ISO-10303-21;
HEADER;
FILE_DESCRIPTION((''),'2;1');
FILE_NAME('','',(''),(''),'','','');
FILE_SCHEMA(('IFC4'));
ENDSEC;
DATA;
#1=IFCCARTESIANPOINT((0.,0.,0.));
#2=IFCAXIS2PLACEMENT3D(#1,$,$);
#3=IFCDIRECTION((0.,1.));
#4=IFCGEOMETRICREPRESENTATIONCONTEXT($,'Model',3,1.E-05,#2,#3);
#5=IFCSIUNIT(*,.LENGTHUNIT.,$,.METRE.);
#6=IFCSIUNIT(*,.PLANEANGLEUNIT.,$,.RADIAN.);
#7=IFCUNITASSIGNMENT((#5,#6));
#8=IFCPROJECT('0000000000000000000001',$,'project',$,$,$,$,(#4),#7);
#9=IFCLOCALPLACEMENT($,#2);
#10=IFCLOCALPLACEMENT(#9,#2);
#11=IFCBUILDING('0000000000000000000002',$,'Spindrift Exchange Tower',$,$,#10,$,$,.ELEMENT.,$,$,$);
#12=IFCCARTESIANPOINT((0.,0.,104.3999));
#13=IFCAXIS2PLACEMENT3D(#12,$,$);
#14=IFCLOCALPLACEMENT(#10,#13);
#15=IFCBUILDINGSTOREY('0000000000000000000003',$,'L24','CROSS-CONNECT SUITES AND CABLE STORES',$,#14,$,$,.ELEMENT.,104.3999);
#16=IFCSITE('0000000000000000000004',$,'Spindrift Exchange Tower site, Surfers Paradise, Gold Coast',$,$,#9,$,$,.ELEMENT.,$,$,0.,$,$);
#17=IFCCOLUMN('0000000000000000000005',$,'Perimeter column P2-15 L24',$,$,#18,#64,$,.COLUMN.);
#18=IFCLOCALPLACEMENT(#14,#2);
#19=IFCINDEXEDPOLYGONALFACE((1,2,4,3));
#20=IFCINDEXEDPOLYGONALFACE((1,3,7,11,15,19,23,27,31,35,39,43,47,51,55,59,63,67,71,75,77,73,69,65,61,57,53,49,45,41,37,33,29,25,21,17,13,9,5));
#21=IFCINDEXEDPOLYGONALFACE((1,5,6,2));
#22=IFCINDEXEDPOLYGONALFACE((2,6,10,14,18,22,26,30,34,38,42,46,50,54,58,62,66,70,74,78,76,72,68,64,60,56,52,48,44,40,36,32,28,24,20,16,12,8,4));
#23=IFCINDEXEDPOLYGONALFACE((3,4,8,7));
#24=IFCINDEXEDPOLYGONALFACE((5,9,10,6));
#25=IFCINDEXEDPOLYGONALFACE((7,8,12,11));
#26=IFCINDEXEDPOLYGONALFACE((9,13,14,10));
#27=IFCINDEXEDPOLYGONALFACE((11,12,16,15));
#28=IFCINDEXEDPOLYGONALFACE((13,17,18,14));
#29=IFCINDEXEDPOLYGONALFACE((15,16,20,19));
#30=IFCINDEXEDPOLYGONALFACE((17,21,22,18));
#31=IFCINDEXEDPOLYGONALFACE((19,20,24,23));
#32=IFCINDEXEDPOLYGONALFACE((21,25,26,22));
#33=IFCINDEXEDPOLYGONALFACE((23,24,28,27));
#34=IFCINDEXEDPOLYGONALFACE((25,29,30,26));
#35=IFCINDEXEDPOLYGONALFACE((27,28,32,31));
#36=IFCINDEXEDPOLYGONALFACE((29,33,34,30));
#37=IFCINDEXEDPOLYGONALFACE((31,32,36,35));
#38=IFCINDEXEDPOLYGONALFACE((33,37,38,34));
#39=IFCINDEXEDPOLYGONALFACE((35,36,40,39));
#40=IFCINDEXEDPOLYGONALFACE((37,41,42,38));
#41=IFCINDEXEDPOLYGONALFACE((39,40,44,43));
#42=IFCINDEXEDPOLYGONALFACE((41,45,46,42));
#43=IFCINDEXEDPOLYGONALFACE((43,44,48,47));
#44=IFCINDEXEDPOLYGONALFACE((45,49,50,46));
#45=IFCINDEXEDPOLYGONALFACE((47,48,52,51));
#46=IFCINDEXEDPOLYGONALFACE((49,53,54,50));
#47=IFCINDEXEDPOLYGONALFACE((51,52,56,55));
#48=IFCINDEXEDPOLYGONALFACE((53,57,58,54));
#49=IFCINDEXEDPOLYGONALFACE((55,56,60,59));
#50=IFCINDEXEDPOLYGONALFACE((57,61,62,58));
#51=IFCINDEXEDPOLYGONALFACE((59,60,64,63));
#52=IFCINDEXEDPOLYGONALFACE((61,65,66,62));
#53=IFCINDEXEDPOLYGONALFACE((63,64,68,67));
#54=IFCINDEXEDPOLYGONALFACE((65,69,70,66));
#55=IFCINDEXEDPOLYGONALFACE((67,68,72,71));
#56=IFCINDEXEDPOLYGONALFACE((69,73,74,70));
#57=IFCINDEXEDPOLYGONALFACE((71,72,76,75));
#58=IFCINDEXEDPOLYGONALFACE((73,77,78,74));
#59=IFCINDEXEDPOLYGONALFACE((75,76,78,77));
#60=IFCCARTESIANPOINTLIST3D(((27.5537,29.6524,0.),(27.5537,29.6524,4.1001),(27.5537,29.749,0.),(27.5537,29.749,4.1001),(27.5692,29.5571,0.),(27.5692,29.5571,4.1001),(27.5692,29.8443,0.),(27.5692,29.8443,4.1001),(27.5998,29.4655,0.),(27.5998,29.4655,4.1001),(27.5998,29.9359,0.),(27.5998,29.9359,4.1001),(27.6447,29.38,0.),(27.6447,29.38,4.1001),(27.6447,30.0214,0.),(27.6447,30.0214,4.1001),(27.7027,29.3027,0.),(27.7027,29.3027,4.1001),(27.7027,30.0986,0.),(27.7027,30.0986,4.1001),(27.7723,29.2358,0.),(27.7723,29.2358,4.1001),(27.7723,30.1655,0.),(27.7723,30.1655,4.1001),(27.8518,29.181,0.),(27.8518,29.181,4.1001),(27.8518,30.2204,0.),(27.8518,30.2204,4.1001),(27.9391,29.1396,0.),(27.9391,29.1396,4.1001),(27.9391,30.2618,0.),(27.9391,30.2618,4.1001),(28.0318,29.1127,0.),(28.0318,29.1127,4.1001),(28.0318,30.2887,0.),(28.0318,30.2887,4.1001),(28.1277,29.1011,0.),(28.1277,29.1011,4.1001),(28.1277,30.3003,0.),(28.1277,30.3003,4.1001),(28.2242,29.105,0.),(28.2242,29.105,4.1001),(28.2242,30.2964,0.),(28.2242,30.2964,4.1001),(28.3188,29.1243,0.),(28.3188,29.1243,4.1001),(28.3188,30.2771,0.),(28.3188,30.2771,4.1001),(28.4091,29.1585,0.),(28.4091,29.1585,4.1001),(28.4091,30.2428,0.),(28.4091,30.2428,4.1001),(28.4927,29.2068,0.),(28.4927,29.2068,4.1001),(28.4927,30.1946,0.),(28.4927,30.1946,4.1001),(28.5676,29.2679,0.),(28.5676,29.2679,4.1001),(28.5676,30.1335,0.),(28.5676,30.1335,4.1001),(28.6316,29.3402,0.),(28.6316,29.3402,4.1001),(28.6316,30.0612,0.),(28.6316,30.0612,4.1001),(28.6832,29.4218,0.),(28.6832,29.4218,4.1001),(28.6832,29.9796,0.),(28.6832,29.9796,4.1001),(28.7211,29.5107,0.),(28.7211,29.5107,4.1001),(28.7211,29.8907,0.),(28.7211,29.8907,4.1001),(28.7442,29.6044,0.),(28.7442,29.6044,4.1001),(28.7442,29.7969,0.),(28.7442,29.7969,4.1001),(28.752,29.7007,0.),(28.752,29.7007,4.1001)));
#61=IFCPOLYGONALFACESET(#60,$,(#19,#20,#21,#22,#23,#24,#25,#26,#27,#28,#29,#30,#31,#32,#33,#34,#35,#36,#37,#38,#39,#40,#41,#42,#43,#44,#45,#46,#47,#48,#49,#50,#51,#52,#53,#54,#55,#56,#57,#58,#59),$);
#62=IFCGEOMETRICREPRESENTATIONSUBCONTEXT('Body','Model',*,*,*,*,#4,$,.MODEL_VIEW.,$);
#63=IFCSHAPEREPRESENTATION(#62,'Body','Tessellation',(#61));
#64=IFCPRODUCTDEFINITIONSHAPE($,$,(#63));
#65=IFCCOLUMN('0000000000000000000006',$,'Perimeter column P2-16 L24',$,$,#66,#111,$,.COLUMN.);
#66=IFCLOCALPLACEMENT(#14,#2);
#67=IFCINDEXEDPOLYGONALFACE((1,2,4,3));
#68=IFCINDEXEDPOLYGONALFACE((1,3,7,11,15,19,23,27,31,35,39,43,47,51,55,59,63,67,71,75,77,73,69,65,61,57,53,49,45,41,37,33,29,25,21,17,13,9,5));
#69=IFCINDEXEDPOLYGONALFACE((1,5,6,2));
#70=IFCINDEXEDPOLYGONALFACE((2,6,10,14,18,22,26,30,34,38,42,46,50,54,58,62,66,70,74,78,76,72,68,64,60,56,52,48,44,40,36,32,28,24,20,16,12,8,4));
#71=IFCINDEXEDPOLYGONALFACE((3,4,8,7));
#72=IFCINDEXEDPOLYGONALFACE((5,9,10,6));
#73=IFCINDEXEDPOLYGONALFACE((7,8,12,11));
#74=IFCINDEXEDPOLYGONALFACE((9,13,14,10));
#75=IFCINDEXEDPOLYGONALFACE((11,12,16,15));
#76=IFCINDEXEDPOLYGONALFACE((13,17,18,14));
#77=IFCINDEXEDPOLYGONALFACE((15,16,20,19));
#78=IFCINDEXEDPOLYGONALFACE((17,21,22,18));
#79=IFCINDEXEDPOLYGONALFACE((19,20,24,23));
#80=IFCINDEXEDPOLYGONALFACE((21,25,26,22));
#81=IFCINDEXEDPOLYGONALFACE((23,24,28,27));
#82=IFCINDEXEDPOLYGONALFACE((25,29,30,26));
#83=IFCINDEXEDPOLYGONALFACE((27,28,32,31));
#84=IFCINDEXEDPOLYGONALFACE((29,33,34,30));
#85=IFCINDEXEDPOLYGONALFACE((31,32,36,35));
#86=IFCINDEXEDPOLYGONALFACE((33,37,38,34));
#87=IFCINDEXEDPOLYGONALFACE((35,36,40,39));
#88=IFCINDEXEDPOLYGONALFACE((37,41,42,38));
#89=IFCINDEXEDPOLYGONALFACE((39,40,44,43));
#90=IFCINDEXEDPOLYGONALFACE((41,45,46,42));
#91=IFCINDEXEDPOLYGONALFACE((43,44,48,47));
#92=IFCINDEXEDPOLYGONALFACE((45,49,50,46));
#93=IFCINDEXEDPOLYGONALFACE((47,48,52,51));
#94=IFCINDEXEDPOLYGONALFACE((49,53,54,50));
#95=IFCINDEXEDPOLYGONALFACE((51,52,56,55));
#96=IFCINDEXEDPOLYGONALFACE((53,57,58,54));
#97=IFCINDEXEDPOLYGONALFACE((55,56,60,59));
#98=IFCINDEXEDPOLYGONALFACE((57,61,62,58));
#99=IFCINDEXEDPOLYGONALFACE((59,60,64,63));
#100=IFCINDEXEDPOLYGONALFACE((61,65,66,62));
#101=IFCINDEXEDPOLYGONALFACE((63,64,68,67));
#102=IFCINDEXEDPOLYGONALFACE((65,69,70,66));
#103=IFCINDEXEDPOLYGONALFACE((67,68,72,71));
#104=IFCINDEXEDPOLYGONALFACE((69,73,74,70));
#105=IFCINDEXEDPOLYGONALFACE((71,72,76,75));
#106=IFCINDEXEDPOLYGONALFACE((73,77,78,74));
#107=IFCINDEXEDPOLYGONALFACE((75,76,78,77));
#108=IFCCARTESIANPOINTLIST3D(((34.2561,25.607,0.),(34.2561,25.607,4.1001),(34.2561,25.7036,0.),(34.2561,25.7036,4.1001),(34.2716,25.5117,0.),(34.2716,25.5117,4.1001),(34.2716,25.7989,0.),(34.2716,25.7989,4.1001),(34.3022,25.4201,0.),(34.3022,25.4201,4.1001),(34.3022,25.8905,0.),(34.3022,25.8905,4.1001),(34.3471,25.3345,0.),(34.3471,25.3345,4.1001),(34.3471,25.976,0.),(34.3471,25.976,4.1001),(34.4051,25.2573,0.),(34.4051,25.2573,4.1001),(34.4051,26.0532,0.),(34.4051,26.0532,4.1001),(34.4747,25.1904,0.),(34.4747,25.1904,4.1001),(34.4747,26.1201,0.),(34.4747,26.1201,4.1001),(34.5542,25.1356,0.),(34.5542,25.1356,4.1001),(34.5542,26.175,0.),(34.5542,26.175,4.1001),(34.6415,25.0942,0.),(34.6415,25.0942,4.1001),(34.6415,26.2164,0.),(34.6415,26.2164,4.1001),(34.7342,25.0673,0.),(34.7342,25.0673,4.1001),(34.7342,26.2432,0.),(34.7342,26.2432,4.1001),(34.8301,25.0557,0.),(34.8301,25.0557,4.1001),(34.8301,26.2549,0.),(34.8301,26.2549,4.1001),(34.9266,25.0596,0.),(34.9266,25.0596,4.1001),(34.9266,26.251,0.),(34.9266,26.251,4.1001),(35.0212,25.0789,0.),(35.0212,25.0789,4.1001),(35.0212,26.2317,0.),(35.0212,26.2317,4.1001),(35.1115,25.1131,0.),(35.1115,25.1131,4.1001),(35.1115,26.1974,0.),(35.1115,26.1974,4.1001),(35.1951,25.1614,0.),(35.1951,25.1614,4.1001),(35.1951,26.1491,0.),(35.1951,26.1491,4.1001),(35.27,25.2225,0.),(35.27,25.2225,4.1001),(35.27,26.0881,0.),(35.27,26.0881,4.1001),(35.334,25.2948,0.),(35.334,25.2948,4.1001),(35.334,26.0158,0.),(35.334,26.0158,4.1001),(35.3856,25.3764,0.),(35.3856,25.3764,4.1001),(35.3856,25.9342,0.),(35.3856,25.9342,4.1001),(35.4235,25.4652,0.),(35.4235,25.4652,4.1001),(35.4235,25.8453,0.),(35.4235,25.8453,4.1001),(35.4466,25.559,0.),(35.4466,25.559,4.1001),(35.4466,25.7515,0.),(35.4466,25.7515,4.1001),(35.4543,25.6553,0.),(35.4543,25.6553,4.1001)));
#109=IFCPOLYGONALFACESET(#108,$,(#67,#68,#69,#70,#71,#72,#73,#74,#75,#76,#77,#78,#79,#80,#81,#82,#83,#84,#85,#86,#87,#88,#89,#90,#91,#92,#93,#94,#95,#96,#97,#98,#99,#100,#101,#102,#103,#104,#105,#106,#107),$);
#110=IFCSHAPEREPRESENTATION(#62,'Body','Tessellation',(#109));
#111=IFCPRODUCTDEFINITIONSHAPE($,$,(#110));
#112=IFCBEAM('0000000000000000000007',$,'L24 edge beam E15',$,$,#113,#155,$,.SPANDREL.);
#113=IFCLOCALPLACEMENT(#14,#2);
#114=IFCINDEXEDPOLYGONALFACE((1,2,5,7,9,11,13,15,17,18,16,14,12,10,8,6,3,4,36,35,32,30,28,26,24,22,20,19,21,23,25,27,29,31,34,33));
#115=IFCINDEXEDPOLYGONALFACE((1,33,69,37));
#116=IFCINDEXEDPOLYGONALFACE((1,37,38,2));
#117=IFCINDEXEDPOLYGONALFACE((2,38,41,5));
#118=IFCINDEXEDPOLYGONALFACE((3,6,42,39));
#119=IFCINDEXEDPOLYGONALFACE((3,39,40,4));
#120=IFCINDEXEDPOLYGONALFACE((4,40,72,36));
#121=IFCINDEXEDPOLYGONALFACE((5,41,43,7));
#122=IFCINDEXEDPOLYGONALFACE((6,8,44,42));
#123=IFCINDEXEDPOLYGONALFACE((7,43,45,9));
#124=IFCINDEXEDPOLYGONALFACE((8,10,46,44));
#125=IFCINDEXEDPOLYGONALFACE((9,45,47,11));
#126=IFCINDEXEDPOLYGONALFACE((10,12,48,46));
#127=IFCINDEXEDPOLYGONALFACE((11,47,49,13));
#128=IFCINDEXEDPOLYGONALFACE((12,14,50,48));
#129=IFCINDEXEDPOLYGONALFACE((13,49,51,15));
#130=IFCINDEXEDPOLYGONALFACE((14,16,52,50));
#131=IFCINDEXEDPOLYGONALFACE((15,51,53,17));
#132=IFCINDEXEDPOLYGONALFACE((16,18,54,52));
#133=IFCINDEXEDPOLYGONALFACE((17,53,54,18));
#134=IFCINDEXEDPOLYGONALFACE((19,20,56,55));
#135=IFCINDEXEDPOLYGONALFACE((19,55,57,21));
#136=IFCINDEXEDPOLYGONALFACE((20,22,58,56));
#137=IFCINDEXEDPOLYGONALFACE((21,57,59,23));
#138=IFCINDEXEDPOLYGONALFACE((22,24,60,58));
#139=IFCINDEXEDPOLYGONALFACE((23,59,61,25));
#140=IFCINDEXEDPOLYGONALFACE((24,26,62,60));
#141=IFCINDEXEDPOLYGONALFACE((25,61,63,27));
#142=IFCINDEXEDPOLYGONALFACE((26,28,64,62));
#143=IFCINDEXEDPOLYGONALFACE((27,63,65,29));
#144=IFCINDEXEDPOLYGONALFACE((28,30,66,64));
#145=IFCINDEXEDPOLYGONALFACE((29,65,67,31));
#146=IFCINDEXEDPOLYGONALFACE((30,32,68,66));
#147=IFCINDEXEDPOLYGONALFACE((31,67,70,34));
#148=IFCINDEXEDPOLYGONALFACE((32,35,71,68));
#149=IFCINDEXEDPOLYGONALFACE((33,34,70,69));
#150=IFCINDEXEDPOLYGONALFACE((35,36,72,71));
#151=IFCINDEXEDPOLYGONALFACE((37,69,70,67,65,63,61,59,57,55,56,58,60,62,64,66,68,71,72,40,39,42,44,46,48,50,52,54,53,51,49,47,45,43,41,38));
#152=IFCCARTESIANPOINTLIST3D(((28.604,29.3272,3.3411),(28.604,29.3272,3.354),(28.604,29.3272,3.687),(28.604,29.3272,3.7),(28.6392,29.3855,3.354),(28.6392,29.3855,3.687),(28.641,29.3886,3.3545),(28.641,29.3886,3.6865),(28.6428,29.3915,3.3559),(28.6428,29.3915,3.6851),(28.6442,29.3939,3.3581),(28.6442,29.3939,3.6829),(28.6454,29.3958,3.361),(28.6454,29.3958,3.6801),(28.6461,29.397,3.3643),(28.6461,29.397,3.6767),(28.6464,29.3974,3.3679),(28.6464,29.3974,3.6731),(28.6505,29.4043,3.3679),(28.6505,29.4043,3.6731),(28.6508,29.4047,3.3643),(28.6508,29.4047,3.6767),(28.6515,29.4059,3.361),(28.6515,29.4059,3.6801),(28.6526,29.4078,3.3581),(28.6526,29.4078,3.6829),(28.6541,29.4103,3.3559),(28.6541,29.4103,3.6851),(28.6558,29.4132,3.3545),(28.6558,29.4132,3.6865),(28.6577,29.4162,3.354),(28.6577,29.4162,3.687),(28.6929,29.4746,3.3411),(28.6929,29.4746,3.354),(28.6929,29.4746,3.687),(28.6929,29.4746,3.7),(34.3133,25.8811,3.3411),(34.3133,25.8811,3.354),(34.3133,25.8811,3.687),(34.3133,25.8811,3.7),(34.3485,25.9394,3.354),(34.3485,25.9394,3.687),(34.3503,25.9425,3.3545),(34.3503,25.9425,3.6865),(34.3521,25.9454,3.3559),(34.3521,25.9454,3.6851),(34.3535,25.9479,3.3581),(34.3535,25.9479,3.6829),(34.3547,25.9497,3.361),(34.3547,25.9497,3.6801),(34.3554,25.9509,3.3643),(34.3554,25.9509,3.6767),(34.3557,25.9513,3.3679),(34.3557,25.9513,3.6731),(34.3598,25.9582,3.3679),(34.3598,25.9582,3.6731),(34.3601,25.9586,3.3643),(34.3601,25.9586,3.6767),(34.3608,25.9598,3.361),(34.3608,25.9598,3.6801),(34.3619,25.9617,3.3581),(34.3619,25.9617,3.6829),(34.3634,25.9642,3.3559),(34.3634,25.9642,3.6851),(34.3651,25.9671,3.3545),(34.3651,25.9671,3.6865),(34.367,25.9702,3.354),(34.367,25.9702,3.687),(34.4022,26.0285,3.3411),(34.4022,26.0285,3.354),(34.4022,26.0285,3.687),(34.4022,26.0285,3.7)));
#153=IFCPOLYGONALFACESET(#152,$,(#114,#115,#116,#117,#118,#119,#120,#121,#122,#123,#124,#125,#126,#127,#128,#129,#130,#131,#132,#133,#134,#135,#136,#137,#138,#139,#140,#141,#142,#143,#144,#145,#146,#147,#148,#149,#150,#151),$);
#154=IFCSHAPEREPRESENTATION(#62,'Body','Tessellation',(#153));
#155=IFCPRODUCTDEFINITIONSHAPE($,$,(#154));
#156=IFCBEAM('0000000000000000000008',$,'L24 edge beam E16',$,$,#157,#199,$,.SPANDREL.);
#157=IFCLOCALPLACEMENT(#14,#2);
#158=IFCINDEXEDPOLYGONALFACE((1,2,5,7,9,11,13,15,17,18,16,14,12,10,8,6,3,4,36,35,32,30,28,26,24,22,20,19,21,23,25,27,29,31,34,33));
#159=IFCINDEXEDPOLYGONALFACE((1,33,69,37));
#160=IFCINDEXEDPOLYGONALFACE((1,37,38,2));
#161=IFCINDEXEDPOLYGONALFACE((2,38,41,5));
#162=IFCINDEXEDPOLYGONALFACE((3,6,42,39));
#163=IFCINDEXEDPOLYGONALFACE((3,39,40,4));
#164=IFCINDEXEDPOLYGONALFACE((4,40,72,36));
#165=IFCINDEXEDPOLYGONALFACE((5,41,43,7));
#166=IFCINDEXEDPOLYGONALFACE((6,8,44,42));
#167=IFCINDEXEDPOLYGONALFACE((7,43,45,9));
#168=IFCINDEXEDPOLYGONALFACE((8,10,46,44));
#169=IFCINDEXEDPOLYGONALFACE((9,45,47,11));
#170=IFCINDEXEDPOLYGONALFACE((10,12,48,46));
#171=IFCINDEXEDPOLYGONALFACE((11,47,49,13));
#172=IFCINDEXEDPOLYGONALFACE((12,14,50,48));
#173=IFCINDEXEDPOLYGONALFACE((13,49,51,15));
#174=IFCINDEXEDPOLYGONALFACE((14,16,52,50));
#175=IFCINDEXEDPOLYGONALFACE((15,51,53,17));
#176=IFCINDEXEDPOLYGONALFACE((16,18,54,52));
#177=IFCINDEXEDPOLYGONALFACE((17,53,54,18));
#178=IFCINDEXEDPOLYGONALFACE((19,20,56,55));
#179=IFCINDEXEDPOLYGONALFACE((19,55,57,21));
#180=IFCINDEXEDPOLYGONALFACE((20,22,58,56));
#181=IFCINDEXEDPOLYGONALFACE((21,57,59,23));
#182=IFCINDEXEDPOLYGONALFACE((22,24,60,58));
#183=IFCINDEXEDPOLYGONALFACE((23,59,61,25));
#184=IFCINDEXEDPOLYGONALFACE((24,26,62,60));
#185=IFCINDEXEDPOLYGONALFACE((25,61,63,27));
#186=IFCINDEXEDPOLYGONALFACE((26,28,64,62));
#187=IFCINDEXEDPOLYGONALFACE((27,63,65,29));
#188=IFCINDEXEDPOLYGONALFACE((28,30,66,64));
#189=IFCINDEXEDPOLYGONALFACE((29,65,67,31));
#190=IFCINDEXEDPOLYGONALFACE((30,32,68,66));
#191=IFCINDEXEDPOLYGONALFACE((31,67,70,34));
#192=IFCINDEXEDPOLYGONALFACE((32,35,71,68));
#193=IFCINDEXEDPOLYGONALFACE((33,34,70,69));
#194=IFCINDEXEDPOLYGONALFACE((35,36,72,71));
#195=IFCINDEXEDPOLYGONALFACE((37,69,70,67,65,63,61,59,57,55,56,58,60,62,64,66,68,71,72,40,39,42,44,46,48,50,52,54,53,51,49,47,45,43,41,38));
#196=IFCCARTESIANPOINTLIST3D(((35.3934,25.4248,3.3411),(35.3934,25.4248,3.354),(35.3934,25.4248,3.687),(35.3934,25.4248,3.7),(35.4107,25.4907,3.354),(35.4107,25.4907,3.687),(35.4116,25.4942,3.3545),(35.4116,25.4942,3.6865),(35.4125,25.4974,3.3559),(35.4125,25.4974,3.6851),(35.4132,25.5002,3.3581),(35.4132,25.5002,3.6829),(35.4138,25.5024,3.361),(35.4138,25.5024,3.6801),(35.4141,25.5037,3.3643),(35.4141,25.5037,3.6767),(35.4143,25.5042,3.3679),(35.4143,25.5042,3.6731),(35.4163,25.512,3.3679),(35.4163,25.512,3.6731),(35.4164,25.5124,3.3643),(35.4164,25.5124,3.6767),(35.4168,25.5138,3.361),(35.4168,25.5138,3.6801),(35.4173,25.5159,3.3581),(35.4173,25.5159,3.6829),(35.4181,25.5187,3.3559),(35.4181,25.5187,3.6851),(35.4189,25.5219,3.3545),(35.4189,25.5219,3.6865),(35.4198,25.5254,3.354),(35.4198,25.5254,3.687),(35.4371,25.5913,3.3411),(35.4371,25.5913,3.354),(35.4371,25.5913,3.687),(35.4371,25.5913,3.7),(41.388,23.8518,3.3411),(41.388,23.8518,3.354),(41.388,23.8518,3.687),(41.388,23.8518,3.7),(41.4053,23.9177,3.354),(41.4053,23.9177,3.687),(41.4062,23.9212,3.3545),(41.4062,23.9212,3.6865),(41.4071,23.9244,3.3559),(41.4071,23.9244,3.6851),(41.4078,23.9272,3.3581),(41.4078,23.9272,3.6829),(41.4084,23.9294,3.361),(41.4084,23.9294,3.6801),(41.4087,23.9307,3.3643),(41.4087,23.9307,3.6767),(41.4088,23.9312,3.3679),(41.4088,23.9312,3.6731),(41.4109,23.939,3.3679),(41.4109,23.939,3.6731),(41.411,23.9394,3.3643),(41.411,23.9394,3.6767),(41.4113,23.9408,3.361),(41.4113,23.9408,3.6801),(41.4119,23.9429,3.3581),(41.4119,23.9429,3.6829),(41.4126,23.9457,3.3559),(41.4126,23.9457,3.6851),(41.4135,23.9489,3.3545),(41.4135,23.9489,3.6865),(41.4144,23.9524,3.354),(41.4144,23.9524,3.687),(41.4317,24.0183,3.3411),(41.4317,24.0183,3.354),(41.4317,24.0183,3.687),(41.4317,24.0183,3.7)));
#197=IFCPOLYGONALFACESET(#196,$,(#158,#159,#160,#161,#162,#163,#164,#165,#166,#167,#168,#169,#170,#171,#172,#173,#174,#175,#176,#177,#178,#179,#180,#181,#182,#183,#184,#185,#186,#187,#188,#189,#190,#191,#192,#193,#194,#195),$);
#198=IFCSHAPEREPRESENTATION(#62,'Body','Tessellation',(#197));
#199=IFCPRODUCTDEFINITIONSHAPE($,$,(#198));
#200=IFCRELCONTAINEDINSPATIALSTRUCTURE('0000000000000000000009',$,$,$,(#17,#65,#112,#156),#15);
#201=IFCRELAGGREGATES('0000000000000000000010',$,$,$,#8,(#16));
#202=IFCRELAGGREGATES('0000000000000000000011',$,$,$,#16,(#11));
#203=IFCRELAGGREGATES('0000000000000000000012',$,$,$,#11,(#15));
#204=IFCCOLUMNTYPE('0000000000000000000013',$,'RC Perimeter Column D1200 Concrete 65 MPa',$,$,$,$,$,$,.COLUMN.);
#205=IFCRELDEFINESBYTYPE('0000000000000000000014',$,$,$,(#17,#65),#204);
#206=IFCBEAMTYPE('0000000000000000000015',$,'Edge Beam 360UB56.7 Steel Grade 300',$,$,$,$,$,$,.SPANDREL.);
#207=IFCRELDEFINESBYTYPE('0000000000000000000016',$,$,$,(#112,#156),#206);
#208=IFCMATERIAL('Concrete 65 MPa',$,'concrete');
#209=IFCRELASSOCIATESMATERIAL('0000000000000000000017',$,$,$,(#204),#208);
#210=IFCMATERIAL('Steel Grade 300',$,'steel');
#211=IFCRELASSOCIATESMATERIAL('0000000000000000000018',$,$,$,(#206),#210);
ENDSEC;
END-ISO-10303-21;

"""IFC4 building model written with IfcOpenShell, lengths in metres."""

from ifc_helpers import new_model, si_unit, direction, frame, origin, origin_2d, place, context, subcontext, project, spatial, circle, i_section, extrude, source, transform, mapped, material, material_profile, profile_set, type_object, element, save


model = new_model("IFC4")

# Units and contexts
model_context = context("Model", 3, precision=1e-05, world=origin(), true_north=direction((0.0, 1.0)))
body_context = subcontext(model_context, "Body", "Model", "MODEL_VIEW")
ifc_project = project(units=[si_unit("LENGTHUNIT", "METRE"), si_unit("PLANEANGLEUNIT", "RADIAN")], contexts=[model_context])

# Site, building, storey
site_placement = place(None, origin())
site = spatial("IfcSite", under=ifc_project, at=site_placement, Name="Spindrift Exchange Tower site, Surfers Paradise, Gold Coast", CompositionType="ELEMENT", RefElevation=0.0)
building_placement = place(site_placement, origin())
building = spatial("IfcBuilding", under=site, at=building_placement, Name="Spindrift Exchange Tower", CompositionType="ELEMENT")
storey_placement = place(building_placement, frame((0.0, 0.0, 104.3999)))
storey = spatial("IfcBuildingStorey", under=building, at=storey_placement, Name="L24", Description="CROSS-CONNECT SUITES AND CABLE STORES", CompositionType="ELEMENT", Elevation=104.3999)

# Columns
ifc_material_1 = material(Name="Concrete 65 MPa", Category="concrete")
ifc_material_profile_1 = material_profile(ifc_material_1, circle(Radius=0.6001, at=origin_2d()), Name="RC D1200")
ifc_profile_set_1 = profile_set([ifc_material_profile_1], Name="Concrete 65 MPa")
column_type = type_object("IfcColumnType", Name="RC Perimeter Column D1200 Concrete 65 MPa", PredefinedType="COLUMN", material=ifc_profile_set_1)
shared_shape_1 = source(origin(), body_context, "Body", "SweptSolid", [
    extrude(circle(Radius=0.6001, at=origin_2d()), origin(), (0.0, 0.0, 1.0), 4.1001),
])
for number, where, z_axis, x_axis, name in (
    (1, (28.1519, 29.7007, 0.0), (0.0, 0.0, 1.0), (1.0, 0.0, 0.0), "Perimeter column P2-15 L24"),
    (2, (34.8542, 25.6553, 0.0), (0.0, 0.0, 1.0), (1.0, 0.0, 0.0), "Perimeter column P2-16 L24"),
):
    element("IfcColumn", number, at=place(storey_placement, frame(where, z_axis=z_axis, x_axis=x_axis)), inside=storey, type_object=column_type, Name=name, PredefinedType="COLUMN", context=body_context, shape_type="MappedRepresentation", body=[
        mapped(shared_shape_1, transform((0.0, 0.0, 0.0), scale=1.0)),
    ])

# Beams
ifc_material_2 = material(Name="Steel Grade 300", Category="steel")
ifc_material_profile_2 = material_profile(ifc_material_2, i_section(OverallWidth=0.1721, OverallDepth=0.3589, WebThickness=0.0081, FlangeThickness=0.0129, FilletRadius=0.0139, at=origin_2d()), Name="360UB56.7")
ifc_profile_set_2 = profile_set([ifc_material_profile_2], Name="Steel Grade 300")
beam_type_1 = type_object("IfcBeamType", Name="Edge Beam 360UB56.7 Steel Grade 300", PredefinedType="SPANDREL", material=ifc_profile_set_2)
shared_shape_2 = source(origin(), body_context, "Body", "SweptSolid", [
    extrude(i_section(OverallWidth=0.1721, OverallDepth=0.3589, WebThickness=0.0081, FlangeThickness=0.0129, FilletRadius=0.0139, at=origin_2d()), origin(), (0.0, 0.0, 1.0), 6.6687),
])
beam_1_placement = place(storey_placement, frame((28.6484, 29.4009, 3.5205), z_axis=(0.856133, -0.516755, 0.0), x_axis=(0.516755, 0.856133, 0.0)))
element("IfcBeam", 3, at=beam_1_placement, inside=storey, type_object=beam_type_1, Name="L24 edge beam E15", PredefinedType="SPANDREL", context=body_context, shape_type="MappedRepresentation", body=[
    mapped(shared_shape_2, transform((0.0, 0.0, 0.0), scale=1.0)),
])
shared_shape_3 = source(origin(), body_context, "Body", "SweptSolid", [
    extrude(i_section(OverallWidth=0.1721, OverallDepth=0.3589, WebThickness=0.0081, FlangeThickness=0.0129, FilletRadius=0.0139, at=origin_2d()), origin(), (0.0, 0.0, 1.0), 6.1975),
])
beam_2_placement = place(storey_placement, frame((35.4153, 25.5081, 3.5205), z_axis=(0.967254, -0.253809, 0.0), x_axis=(0.253809, 0.967254, 0.0)))
element("IfcBeam", 4, at=beam_2_placement, inside=storey, type_object=beam_type_1, Name="L24 edge beam E16", PredefinedType="SPANDREL", context=body_context, shape_type="MappedRepresentation", body=[
    mapped(shared_shape_3, transform((0.0, 0.0, 0.0), scale=1.0)),
])

save(model, "model.ifc")
